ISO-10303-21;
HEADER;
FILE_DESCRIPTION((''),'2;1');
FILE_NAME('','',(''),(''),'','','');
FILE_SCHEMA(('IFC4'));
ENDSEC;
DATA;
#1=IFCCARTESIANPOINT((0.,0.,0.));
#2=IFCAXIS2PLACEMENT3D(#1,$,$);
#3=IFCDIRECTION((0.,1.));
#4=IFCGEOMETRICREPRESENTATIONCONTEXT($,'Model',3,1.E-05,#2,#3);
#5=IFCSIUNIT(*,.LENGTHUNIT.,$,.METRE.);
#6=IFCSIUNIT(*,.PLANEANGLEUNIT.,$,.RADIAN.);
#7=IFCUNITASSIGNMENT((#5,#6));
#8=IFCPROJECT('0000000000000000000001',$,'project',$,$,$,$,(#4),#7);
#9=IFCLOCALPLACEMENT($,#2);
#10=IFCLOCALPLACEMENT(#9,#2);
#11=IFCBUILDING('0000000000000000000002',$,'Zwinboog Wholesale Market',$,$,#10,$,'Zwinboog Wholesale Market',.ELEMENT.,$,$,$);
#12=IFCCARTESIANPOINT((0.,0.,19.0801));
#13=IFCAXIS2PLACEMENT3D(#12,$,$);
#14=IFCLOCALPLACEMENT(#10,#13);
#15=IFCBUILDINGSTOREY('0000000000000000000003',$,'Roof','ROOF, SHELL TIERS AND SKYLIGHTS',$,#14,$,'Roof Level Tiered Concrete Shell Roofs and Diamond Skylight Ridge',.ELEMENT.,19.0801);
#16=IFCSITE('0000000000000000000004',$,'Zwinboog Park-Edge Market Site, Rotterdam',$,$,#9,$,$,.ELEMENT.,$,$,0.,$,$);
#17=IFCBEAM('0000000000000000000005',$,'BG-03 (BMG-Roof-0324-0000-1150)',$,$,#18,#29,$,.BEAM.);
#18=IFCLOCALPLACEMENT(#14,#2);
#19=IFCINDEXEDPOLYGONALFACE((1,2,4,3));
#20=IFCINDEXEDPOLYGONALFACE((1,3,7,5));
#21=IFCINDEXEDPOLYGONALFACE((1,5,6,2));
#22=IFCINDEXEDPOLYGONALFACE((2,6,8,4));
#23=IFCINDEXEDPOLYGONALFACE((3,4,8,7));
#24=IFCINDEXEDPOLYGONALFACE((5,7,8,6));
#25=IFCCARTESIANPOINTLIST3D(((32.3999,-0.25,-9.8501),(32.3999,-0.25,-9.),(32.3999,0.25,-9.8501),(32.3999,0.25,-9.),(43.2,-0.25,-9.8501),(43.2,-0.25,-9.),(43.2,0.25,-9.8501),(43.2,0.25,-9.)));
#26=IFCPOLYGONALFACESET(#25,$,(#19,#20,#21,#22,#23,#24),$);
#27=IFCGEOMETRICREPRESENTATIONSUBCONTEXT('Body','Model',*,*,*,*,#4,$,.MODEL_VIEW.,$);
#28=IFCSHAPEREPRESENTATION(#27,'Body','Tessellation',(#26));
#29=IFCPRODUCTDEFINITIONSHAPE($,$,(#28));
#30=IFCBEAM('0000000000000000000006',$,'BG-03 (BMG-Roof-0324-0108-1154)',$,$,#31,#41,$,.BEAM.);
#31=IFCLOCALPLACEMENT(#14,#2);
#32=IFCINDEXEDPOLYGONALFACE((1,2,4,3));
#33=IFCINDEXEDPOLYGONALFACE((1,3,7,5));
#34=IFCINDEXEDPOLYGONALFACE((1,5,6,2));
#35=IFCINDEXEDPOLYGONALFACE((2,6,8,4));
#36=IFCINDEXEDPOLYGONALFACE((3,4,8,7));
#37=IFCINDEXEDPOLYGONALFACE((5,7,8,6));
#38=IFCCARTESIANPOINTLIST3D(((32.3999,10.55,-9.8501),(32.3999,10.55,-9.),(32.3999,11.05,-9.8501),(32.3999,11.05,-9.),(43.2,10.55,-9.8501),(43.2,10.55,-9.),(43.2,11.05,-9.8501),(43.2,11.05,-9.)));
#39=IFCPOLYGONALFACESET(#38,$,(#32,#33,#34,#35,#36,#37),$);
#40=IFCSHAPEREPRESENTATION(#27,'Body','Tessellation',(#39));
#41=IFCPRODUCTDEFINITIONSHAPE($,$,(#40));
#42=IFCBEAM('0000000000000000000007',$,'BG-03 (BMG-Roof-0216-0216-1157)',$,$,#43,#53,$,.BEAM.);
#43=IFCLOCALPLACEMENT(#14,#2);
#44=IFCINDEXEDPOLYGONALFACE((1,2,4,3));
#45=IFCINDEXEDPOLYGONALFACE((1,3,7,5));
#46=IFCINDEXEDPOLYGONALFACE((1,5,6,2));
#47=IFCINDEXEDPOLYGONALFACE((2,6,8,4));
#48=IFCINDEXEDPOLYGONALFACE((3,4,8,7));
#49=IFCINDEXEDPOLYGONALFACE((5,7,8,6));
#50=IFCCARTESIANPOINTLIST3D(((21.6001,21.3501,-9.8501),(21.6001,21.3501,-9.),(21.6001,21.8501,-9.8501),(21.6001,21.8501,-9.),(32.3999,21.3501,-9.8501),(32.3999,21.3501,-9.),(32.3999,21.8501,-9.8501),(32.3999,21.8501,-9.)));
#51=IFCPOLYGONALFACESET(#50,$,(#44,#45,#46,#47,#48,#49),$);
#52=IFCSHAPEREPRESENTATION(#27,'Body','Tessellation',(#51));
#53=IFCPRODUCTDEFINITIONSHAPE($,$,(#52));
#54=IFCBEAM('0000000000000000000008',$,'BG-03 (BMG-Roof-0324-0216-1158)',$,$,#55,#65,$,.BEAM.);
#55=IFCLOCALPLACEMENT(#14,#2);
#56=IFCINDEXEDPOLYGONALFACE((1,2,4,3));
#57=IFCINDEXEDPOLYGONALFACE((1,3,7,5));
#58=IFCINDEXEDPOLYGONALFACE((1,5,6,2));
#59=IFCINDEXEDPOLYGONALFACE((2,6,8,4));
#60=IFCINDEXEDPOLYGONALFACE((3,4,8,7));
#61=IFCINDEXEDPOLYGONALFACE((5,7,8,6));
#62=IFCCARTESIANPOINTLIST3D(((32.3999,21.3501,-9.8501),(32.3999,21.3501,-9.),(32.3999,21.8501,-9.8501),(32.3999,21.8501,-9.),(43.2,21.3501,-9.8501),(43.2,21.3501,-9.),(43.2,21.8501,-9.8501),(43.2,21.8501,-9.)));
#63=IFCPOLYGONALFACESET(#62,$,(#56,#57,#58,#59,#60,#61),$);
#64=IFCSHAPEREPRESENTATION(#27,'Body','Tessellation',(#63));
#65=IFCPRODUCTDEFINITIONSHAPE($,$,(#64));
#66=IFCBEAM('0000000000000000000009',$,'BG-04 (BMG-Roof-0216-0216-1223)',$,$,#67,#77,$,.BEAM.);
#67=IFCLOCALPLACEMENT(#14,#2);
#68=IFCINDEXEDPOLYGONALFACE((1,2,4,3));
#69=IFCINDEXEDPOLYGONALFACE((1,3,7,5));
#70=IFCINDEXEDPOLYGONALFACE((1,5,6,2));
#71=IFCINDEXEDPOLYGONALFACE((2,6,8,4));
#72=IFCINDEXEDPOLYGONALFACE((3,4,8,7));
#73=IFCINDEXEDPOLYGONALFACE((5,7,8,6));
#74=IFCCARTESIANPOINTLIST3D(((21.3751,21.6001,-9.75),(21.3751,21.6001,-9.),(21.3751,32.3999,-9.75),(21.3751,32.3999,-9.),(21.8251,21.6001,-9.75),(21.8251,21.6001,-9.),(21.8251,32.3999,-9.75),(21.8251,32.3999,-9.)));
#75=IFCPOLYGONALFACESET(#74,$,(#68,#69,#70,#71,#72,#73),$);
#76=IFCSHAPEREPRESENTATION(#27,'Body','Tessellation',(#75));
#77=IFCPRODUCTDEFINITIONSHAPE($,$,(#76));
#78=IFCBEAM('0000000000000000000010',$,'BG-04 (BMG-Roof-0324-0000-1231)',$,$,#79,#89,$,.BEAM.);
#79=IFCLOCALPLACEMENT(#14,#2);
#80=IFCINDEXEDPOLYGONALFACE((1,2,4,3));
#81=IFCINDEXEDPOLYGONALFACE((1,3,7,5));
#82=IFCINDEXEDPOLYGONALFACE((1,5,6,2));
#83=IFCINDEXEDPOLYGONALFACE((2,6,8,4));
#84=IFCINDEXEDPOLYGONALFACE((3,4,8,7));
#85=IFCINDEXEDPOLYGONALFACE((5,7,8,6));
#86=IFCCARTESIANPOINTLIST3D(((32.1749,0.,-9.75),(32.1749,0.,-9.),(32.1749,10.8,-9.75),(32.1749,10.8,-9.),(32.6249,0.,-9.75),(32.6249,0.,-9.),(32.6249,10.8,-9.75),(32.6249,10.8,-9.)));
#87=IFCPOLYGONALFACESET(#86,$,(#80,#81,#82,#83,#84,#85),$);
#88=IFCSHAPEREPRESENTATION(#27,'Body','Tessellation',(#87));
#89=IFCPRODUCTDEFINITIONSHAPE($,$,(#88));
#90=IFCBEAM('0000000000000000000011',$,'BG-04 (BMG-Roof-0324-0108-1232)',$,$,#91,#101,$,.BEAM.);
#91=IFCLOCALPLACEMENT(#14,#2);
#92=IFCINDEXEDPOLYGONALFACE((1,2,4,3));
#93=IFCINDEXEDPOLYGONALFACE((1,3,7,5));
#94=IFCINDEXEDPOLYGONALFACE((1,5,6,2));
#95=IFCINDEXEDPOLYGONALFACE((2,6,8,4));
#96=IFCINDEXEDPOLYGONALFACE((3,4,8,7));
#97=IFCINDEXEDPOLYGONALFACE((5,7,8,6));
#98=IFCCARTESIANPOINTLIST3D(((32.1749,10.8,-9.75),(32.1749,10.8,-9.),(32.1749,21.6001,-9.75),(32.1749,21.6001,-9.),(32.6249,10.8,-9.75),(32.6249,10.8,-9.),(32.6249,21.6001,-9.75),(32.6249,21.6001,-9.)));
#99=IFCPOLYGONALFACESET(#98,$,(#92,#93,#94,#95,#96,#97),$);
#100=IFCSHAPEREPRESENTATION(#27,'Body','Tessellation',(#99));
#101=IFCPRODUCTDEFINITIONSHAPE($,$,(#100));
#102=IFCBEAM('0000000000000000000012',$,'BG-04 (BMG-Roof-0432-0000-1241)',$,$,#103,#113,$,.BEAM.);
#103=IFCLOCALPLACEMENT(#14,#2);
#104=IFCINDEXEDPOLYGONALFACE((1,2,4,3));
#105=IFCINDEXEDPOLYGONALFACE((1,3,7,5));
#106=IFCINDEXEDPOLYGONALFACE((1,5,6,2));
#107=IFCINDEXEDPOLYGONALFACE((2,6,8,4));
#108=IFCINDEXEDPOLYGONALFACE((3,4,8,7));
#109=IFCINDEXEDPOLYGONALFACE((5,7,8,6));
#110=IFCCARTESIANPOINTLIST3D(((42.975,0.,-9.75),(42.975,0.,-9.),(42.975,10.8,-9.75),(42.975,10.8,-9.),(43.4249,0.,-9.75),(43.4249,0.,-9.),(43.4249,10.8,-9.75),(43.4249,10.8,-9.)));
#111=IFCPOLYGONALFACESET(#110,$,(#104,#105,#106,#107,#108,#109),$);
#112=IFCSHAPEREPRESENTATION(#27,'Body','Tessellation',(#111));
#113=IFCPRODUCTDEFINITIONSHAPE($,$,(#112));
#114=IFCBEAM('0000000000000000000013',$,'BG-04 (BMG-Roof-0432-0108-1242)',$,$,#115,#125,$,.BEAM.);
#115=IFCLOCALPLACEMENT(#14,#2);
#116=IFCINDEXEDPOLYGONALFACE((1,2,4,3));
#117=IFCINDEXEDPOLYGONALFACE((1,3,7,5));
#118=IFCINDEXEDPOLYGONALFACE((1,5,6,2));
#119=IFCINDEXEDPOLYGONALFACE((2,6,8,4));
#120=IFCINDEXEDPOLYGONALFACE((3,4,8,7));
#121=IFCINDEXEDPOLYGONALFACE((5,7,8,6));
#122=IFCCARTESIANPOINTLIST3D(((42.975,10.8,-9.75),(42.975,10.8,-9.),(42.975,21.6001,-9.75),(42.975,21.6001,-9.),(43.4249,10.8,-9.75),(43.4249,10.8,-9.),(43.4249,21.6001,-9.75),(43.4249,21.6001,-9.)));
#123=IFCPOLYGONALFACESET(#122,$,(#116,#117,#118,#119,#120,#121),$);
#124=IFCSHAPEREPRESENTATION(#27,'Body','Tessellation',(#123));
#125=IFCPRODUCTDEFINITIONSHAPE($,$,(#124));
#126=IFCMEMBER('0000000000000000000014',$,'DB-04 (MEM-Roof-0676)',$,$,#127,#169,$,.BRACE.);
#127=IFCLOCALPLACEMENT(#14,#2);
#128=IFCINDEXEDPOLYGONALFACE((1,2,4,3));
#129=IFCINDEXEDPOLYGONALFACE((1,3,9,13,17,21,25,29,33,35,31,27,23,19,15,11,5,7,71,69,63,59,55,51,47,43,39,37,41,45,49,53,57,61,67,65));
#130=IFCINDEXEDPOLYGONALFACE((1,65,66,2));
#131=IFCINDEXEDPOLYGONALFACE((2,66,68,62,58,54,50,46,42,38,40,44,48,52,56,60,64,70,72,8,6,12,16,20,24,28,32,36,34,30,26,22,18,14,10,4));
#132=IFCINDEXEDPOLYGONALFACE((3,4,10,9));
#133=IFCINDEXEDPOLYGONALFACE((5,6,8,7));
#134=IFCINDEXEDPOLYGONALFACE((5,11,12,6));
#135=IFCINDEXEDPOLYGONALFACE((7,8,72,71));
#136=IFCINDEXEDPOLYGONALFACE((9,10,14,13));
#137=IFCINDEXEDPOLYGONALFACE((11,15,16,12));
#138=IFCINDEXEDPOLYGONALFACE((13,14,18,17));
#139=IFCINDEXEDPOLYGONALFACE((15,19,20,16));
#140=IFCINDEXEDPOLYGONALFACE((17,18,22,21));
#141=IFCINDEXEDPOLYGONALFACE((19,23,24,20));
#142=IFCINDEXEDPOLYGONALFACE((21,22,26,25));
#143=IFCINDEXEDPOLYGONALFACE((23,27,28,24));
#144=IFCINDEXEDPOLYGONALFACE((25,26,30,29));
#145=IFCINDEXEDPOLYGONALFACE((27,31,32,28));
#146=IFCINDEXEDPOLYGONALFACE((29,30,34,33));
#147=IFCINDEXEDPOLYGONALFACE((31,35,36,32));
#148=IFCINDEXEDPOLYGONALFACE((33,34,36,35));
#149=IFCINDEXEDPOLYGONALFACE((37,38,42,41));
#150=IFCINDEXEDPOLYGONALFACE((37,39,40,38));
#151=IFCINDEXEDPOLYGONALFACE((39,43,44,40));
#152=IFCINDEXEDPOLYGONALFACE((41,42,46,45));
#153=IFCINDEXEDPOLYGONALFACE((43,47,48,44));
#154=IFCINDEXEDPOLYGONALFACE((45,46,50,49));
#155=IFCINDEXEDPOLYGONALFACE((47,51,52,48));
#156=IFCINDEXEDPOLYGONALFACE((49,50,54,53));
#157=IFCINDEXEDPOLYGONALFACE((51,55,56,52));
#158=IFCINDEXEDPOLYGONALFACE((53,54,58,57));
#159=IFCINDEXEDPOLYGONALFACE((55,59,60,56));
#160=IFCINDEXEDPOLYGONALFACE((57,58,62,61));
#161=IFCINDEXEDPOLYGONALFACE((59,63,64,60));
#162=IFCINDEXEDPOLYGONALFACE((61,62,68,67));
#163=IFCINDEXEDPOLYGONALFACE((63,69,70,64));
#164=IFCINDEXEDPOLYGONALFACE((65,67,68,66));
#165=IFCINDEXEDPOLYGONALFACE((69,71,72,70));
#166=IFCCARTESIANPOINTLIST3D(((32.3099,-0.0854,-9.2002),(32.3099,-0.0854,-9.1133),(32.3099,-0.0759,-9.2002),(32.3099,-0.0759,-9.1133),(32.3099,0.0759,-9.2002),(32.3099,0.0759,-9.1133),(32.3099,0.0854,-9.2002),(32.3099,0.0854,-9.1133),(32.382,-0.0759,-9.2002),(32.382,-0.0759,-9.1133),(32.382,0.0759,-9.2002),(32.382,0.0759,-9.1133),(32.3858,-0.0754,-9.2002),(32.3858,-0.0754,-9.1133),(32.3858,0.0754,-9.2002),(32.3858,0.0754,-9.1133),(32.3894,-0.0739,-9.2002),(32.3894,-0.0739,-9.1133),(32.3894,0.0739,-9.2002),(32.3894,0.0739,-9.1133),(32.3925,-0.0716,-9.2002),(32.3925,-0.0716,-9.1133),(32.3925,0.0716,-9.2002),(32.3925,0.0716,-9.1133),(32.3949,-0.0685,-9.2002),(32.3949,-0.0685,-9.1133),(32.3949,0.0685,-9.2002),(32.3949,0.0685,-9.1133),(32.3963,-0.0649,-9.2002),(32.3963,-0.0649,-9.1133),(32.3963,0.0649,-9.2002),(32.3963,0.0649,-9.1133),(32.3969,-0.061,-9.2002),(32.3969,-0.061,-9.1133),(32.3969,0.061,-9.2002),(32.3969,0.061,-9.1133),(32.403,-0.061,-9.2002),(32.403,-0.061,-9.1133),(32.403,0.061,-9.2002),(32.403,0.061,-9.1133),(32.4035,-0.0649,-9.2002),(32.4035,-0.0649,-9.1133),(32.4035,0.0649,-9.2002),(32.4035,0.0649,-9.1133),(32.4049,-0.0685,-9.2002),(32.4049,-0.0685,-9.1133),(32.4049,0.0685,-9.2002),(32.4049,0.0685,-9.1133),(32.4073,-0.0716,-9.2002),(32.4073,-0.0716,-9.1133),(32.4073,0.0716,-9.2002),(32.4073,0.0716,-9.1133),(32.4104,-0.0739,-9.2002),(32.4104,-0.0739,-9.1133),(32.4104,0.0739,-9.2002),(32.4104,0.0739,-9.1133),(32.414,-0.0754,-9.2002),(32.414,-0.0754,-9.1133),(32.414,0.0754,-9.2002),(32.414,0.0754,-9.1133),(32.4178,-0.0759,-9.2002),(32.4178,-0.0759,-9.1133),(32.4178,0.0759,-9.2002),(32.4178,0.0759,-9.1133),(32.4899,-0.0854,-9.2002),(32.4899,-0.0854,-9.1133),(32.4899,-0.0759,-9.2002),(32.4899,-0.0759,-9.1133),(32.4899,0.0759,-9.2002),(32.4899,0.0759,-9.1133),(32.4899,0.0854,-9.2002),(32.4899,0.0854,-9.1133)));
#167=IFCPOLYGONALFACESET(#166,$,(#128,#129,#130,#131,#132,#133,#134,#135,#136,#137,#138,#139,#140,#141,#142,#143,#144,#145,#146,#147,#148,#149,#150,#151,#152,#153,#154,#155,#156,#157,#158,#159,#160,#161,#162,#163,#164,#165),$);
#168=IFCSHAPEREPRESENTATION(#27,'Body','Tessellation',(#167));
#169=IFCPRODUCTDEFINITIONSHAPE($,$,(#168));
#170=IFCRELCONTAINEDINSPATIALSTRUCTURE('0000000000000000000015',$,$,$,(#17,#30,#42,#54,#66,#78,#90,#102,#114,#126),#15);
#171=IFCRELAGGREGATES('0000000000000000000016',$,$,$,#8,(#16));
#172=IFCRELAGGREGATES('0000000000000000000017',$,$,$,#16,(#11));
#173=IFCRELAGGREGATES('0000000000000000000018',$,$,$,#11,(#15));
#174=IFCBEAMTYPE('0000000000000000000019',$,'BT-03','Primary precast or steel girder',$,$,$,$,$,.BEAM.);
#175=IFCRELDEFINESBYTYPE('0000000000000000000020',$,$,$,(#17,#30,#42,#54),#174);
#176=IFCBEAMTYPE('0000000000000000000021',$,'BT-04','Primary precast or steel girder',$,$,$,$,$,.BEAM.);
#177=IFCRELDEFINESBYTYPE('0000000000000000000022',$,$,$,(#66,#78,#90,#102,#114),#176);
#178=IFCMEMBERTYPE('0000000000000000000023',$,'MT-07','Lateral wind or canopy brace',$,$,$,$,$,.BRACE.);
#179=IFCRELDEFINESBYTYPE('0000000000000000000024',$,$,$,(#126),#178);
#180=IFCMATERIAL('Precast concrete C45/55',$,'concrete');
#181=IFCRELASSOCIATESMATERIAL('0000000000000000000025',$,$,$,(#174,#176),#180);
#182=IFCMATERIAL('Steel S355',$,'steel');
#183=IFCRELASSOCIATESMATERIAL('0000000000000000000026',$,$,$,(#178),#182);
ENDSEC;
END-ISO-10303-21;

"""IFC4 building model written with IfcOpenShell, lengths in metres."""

from ifc_helpers import new_model, si_unit, direction, frame, origin, origin_2d, place, context, subcontext, project, spatial, rectangle, i_section, extrude, material, material_profile, profile_set, type_object, element, save


model = new_model("IFC4")

# Units and contexts
model_context = context("Model", 3, precision=1e-05, world=origin(), true_north=direction((0.0, 1.0)))
body_context = subcontext(model_context, "Body", "Model", "MODEL_VIEW")
ifc_project = project(units=[si_unit("LENGTHUNIT", "METRE"), si_unit("PLANEANGLEUNIT", "RADIAN")], contexts=[model_context])

# Site, building, storey
site_placement = place(None, origin())
site = spatial("IfcSite", under=ifc_project, at=site_placement, Name="Zwinboog Park-Edge Market Site, Rotterdam", CompositionType="ELEMENT", RefElevation=0.0)
building_placement = place(site_placement, origin())
building = spatial("IfcBuilding", under=site, at=building_placement, Name="Zwinboog Wholesale Market", LongName="Zwinboog Wholesale Market", CompositionType="ELEMENT")
storey_placement = place(building_placement, frame((0.0, 0.0, 19.0801)))
storey = spatial("IfcBuildingStorey", under=building, at=storey_placement, Name="Roof", Description="ROOF, SHELL TIERS AND SKYLIGHTS", LongName="Roof Level Tiered Concrete Shell Roofs and Diamond Skylight Ridge", CompositionType="ELEMENT", Elevation=19.0801)

# Beams
ifc_material_1 = material(Name="Precast concrete C45/55", Category="concrete")
ifc_material_profile_1 = material_profile(ifc_material_1, rectangle(XDim=0.5, YDim=0.8501, at=origin_2d()), Name="PC 500x850")
ifc_profile_set_1 = profile_set([ifc_material_profile_1], Name="Precast concrete C45/55")
beam_type_1 = type_object("IfcBeamType", Name="BT-03", Description="Primary precast or steel girder", PredefinedType="BEAM", material=ifc_profile_set_1)
for number, where, z_axis, x_axis, name in (
    (1, (32.3999, 0.0, -9.425), (1.0, 0.0, 0.0), (0.0, 1.0, 0.0), "BG-03 (BMG-Roof-0324-0000-1150)"),
    (2, (32.3999, 10.8, -9.425), (1.0, 0.0, 0.0), (0.0, 1.0, 0.0), "BG-03 (BMG-Roof-0324-0108-1154)"),
):
    element("IfcBeam", number, at=place(storey_placement, frame(where, z_axis=z_axis, x_axis=x_axis)), inside=storey, type_object=beam_type_1, Name=name, PredefinedType="BEAM", context=body_context, shape_type="SweptSolid", body=[
        extrude(rectangle(XDim=0.5, YDim=0.8501, at=origin_2d()), origin(), (0.0, 0.0, 1.0), 10.8),
    ])
beam_1_placement = place(storey_placement, frame((21.6001, 21.6001, -9.425), z_axis=(1.0, 0.0, 0.0), x_axis=(0.0, 1.0, 0.0)))
element("IfcBeam", 3, at=beam_1_placement, inside=storey, type_object=beam_type_1, Name="BG-03 (BMG-Roof-0216-0216-1157)", PredefinedType="BEAM", context=body_context, shape_type="SweptSolid", body=[
    extrude(rectangle(XDim=0.5, YDim=0.8501, at=origin_2d()), origin(), (0.0, 0.0, 1.0), 10.7998),
])
beam_2_placement = place(storey_placement, frame((32.3999, 21.6001, -9.425), z_axis=(1.0, 0.0, 0.0), x_axis=(0.0, 1.0, 0.0)))
element("IfcBeam", 4, at=beam_2_placement, inside=storey, type_object=beam_type_1, Name="BG-03 (BMG-Roof-0324-0216-1158)", PredefinedType="BEAM", context=body_context, shape_type="SweptSolid", body=[
    extrude(rectangle(XDim=0.5, YDim=0.8501, at=origin_2d()), origin(), (0.0, 0.0, 1.0), 10.8),
])
ifc_material_profile_2 = material_profile(ifc_material_1, rectangle(XDim=0.45, YDim=0.75, at=origin_2d()), Name="PC 450x750")
ifc_profile_set_2 = profile_set([ifc_material_profile_2], Name="Precast concrete C45/55")
beam_type_2 = type_object("IfcBeamType", Name="BT-04", Description="Primary precast or steel girder", PredefinedType="BEAM", material=ifc_profile_set_2)
beam_3_placement = place(storey_placement, frame((21.6001, 21.6001, -9.375), z_axis=(0.0, 1.0, 0.0), x_axis=(-1.0, 0.0, 0.0)))
element("IfcBeam", 5, at=beam_3_placement, inside=storey, type_object=beam_type_2, Name="BG-04 (BMG-Roof-0216-0216-1223)", PredefinedType="BEAM", context=body_context, shape_type="SweptSolid", body=[
    extrude(rectangle(XDim=0.45, YDim=0.75, at=origin_2d()), origin(), (0.0, 0.0, 1.0), 10.7998),
])
for number, where, z_axis, x_axis, name in (
    (6, (32.3999, 0.0, -9.375), (0.0, 1.0, 0.0), (-1.0, 0.0, 0.0), "BG-04 (BMG-Roof-0324-0000-1231)"),
    (7, (32.3999, 10.8, -9.375), (0.0, 1.0, 0.0), (-1.0, 0.0, 0.0), "BG-04 (BMG-Roof-0324-0108-1232)"),
    (8, (43.2, 0.0, -9.375), (0.0, 1.0, 0.0), (-1.0, 0.0, 0.0), "BG-04 (BMG-Roof-0432-0000-1241)"),
    (9, (43.2, 10.8, -9.375), (0.0, 1.0, 0.0), (-1.0, 0.0, 0.0), "BG-04 (BMG-Roof-0432-0108-1242)"),
):
    element("IfcBeam", number, at=place(storey_placement, frame(where, z_axis=z_axis, x_axis=x_axis)), inside=storey, type_object=beam_type_2, Name=name, PredefinedType="BEAM", context=body_context, shape_type="SweptSolid", body=[
        extrude(rectangle(XDim=0.45, YDim=0.75, at=origin_2d()), origin(), (0.0, 0.0, 1.0), 10.8),
    ])

# Member
ifc_material_2 = material(Name="Steel S355", Category="steel")
ifc_material_profile_3 = material_profile(ifc_material_2, i_section(OverallWidth=0.1799, OverallDepth=0.1709, WebThickness=0.0061, FlangeThickness=0.0095, FilletRadius=0.0149, at=origin_2d()), Name="HEA 180")
ifc_profile_set_3 = profile_set([ifc_material_profile_3], Name="Steel S355")
member_type_1 = type_object("IfcMemberType", Name="MT-07", Description="Lateral wind or canopy brace", PredefinedType="BRACE", material=ifc_profile_set_3)
member_1_placement = place(storey_placement, frame((32.3999, 0.0, -9.2002), z_axis=(0.0, 0.0, 1.0), x_axis=(1.0, 0.0, 0.0)))
element("IfcMember", 10, at=member_1_placement, inside=storey, type_object=member_type_1, Name="DB-04 (MEM-Roof-0676)", PredefinedType="BRACE", context=body_context, shape_type="SweptSolid", body=[
    extrude(i_section(OverallWidth=0.1799, OverallDepth=0.1709, WebThickness=0.0061, FlangeThickness=0.0095, FilletRadius=0.0149, at=origin_2d()), origin(), (0.0, 0.0, 1.0), 0.0869),
])

save(model, "model.ifc")
